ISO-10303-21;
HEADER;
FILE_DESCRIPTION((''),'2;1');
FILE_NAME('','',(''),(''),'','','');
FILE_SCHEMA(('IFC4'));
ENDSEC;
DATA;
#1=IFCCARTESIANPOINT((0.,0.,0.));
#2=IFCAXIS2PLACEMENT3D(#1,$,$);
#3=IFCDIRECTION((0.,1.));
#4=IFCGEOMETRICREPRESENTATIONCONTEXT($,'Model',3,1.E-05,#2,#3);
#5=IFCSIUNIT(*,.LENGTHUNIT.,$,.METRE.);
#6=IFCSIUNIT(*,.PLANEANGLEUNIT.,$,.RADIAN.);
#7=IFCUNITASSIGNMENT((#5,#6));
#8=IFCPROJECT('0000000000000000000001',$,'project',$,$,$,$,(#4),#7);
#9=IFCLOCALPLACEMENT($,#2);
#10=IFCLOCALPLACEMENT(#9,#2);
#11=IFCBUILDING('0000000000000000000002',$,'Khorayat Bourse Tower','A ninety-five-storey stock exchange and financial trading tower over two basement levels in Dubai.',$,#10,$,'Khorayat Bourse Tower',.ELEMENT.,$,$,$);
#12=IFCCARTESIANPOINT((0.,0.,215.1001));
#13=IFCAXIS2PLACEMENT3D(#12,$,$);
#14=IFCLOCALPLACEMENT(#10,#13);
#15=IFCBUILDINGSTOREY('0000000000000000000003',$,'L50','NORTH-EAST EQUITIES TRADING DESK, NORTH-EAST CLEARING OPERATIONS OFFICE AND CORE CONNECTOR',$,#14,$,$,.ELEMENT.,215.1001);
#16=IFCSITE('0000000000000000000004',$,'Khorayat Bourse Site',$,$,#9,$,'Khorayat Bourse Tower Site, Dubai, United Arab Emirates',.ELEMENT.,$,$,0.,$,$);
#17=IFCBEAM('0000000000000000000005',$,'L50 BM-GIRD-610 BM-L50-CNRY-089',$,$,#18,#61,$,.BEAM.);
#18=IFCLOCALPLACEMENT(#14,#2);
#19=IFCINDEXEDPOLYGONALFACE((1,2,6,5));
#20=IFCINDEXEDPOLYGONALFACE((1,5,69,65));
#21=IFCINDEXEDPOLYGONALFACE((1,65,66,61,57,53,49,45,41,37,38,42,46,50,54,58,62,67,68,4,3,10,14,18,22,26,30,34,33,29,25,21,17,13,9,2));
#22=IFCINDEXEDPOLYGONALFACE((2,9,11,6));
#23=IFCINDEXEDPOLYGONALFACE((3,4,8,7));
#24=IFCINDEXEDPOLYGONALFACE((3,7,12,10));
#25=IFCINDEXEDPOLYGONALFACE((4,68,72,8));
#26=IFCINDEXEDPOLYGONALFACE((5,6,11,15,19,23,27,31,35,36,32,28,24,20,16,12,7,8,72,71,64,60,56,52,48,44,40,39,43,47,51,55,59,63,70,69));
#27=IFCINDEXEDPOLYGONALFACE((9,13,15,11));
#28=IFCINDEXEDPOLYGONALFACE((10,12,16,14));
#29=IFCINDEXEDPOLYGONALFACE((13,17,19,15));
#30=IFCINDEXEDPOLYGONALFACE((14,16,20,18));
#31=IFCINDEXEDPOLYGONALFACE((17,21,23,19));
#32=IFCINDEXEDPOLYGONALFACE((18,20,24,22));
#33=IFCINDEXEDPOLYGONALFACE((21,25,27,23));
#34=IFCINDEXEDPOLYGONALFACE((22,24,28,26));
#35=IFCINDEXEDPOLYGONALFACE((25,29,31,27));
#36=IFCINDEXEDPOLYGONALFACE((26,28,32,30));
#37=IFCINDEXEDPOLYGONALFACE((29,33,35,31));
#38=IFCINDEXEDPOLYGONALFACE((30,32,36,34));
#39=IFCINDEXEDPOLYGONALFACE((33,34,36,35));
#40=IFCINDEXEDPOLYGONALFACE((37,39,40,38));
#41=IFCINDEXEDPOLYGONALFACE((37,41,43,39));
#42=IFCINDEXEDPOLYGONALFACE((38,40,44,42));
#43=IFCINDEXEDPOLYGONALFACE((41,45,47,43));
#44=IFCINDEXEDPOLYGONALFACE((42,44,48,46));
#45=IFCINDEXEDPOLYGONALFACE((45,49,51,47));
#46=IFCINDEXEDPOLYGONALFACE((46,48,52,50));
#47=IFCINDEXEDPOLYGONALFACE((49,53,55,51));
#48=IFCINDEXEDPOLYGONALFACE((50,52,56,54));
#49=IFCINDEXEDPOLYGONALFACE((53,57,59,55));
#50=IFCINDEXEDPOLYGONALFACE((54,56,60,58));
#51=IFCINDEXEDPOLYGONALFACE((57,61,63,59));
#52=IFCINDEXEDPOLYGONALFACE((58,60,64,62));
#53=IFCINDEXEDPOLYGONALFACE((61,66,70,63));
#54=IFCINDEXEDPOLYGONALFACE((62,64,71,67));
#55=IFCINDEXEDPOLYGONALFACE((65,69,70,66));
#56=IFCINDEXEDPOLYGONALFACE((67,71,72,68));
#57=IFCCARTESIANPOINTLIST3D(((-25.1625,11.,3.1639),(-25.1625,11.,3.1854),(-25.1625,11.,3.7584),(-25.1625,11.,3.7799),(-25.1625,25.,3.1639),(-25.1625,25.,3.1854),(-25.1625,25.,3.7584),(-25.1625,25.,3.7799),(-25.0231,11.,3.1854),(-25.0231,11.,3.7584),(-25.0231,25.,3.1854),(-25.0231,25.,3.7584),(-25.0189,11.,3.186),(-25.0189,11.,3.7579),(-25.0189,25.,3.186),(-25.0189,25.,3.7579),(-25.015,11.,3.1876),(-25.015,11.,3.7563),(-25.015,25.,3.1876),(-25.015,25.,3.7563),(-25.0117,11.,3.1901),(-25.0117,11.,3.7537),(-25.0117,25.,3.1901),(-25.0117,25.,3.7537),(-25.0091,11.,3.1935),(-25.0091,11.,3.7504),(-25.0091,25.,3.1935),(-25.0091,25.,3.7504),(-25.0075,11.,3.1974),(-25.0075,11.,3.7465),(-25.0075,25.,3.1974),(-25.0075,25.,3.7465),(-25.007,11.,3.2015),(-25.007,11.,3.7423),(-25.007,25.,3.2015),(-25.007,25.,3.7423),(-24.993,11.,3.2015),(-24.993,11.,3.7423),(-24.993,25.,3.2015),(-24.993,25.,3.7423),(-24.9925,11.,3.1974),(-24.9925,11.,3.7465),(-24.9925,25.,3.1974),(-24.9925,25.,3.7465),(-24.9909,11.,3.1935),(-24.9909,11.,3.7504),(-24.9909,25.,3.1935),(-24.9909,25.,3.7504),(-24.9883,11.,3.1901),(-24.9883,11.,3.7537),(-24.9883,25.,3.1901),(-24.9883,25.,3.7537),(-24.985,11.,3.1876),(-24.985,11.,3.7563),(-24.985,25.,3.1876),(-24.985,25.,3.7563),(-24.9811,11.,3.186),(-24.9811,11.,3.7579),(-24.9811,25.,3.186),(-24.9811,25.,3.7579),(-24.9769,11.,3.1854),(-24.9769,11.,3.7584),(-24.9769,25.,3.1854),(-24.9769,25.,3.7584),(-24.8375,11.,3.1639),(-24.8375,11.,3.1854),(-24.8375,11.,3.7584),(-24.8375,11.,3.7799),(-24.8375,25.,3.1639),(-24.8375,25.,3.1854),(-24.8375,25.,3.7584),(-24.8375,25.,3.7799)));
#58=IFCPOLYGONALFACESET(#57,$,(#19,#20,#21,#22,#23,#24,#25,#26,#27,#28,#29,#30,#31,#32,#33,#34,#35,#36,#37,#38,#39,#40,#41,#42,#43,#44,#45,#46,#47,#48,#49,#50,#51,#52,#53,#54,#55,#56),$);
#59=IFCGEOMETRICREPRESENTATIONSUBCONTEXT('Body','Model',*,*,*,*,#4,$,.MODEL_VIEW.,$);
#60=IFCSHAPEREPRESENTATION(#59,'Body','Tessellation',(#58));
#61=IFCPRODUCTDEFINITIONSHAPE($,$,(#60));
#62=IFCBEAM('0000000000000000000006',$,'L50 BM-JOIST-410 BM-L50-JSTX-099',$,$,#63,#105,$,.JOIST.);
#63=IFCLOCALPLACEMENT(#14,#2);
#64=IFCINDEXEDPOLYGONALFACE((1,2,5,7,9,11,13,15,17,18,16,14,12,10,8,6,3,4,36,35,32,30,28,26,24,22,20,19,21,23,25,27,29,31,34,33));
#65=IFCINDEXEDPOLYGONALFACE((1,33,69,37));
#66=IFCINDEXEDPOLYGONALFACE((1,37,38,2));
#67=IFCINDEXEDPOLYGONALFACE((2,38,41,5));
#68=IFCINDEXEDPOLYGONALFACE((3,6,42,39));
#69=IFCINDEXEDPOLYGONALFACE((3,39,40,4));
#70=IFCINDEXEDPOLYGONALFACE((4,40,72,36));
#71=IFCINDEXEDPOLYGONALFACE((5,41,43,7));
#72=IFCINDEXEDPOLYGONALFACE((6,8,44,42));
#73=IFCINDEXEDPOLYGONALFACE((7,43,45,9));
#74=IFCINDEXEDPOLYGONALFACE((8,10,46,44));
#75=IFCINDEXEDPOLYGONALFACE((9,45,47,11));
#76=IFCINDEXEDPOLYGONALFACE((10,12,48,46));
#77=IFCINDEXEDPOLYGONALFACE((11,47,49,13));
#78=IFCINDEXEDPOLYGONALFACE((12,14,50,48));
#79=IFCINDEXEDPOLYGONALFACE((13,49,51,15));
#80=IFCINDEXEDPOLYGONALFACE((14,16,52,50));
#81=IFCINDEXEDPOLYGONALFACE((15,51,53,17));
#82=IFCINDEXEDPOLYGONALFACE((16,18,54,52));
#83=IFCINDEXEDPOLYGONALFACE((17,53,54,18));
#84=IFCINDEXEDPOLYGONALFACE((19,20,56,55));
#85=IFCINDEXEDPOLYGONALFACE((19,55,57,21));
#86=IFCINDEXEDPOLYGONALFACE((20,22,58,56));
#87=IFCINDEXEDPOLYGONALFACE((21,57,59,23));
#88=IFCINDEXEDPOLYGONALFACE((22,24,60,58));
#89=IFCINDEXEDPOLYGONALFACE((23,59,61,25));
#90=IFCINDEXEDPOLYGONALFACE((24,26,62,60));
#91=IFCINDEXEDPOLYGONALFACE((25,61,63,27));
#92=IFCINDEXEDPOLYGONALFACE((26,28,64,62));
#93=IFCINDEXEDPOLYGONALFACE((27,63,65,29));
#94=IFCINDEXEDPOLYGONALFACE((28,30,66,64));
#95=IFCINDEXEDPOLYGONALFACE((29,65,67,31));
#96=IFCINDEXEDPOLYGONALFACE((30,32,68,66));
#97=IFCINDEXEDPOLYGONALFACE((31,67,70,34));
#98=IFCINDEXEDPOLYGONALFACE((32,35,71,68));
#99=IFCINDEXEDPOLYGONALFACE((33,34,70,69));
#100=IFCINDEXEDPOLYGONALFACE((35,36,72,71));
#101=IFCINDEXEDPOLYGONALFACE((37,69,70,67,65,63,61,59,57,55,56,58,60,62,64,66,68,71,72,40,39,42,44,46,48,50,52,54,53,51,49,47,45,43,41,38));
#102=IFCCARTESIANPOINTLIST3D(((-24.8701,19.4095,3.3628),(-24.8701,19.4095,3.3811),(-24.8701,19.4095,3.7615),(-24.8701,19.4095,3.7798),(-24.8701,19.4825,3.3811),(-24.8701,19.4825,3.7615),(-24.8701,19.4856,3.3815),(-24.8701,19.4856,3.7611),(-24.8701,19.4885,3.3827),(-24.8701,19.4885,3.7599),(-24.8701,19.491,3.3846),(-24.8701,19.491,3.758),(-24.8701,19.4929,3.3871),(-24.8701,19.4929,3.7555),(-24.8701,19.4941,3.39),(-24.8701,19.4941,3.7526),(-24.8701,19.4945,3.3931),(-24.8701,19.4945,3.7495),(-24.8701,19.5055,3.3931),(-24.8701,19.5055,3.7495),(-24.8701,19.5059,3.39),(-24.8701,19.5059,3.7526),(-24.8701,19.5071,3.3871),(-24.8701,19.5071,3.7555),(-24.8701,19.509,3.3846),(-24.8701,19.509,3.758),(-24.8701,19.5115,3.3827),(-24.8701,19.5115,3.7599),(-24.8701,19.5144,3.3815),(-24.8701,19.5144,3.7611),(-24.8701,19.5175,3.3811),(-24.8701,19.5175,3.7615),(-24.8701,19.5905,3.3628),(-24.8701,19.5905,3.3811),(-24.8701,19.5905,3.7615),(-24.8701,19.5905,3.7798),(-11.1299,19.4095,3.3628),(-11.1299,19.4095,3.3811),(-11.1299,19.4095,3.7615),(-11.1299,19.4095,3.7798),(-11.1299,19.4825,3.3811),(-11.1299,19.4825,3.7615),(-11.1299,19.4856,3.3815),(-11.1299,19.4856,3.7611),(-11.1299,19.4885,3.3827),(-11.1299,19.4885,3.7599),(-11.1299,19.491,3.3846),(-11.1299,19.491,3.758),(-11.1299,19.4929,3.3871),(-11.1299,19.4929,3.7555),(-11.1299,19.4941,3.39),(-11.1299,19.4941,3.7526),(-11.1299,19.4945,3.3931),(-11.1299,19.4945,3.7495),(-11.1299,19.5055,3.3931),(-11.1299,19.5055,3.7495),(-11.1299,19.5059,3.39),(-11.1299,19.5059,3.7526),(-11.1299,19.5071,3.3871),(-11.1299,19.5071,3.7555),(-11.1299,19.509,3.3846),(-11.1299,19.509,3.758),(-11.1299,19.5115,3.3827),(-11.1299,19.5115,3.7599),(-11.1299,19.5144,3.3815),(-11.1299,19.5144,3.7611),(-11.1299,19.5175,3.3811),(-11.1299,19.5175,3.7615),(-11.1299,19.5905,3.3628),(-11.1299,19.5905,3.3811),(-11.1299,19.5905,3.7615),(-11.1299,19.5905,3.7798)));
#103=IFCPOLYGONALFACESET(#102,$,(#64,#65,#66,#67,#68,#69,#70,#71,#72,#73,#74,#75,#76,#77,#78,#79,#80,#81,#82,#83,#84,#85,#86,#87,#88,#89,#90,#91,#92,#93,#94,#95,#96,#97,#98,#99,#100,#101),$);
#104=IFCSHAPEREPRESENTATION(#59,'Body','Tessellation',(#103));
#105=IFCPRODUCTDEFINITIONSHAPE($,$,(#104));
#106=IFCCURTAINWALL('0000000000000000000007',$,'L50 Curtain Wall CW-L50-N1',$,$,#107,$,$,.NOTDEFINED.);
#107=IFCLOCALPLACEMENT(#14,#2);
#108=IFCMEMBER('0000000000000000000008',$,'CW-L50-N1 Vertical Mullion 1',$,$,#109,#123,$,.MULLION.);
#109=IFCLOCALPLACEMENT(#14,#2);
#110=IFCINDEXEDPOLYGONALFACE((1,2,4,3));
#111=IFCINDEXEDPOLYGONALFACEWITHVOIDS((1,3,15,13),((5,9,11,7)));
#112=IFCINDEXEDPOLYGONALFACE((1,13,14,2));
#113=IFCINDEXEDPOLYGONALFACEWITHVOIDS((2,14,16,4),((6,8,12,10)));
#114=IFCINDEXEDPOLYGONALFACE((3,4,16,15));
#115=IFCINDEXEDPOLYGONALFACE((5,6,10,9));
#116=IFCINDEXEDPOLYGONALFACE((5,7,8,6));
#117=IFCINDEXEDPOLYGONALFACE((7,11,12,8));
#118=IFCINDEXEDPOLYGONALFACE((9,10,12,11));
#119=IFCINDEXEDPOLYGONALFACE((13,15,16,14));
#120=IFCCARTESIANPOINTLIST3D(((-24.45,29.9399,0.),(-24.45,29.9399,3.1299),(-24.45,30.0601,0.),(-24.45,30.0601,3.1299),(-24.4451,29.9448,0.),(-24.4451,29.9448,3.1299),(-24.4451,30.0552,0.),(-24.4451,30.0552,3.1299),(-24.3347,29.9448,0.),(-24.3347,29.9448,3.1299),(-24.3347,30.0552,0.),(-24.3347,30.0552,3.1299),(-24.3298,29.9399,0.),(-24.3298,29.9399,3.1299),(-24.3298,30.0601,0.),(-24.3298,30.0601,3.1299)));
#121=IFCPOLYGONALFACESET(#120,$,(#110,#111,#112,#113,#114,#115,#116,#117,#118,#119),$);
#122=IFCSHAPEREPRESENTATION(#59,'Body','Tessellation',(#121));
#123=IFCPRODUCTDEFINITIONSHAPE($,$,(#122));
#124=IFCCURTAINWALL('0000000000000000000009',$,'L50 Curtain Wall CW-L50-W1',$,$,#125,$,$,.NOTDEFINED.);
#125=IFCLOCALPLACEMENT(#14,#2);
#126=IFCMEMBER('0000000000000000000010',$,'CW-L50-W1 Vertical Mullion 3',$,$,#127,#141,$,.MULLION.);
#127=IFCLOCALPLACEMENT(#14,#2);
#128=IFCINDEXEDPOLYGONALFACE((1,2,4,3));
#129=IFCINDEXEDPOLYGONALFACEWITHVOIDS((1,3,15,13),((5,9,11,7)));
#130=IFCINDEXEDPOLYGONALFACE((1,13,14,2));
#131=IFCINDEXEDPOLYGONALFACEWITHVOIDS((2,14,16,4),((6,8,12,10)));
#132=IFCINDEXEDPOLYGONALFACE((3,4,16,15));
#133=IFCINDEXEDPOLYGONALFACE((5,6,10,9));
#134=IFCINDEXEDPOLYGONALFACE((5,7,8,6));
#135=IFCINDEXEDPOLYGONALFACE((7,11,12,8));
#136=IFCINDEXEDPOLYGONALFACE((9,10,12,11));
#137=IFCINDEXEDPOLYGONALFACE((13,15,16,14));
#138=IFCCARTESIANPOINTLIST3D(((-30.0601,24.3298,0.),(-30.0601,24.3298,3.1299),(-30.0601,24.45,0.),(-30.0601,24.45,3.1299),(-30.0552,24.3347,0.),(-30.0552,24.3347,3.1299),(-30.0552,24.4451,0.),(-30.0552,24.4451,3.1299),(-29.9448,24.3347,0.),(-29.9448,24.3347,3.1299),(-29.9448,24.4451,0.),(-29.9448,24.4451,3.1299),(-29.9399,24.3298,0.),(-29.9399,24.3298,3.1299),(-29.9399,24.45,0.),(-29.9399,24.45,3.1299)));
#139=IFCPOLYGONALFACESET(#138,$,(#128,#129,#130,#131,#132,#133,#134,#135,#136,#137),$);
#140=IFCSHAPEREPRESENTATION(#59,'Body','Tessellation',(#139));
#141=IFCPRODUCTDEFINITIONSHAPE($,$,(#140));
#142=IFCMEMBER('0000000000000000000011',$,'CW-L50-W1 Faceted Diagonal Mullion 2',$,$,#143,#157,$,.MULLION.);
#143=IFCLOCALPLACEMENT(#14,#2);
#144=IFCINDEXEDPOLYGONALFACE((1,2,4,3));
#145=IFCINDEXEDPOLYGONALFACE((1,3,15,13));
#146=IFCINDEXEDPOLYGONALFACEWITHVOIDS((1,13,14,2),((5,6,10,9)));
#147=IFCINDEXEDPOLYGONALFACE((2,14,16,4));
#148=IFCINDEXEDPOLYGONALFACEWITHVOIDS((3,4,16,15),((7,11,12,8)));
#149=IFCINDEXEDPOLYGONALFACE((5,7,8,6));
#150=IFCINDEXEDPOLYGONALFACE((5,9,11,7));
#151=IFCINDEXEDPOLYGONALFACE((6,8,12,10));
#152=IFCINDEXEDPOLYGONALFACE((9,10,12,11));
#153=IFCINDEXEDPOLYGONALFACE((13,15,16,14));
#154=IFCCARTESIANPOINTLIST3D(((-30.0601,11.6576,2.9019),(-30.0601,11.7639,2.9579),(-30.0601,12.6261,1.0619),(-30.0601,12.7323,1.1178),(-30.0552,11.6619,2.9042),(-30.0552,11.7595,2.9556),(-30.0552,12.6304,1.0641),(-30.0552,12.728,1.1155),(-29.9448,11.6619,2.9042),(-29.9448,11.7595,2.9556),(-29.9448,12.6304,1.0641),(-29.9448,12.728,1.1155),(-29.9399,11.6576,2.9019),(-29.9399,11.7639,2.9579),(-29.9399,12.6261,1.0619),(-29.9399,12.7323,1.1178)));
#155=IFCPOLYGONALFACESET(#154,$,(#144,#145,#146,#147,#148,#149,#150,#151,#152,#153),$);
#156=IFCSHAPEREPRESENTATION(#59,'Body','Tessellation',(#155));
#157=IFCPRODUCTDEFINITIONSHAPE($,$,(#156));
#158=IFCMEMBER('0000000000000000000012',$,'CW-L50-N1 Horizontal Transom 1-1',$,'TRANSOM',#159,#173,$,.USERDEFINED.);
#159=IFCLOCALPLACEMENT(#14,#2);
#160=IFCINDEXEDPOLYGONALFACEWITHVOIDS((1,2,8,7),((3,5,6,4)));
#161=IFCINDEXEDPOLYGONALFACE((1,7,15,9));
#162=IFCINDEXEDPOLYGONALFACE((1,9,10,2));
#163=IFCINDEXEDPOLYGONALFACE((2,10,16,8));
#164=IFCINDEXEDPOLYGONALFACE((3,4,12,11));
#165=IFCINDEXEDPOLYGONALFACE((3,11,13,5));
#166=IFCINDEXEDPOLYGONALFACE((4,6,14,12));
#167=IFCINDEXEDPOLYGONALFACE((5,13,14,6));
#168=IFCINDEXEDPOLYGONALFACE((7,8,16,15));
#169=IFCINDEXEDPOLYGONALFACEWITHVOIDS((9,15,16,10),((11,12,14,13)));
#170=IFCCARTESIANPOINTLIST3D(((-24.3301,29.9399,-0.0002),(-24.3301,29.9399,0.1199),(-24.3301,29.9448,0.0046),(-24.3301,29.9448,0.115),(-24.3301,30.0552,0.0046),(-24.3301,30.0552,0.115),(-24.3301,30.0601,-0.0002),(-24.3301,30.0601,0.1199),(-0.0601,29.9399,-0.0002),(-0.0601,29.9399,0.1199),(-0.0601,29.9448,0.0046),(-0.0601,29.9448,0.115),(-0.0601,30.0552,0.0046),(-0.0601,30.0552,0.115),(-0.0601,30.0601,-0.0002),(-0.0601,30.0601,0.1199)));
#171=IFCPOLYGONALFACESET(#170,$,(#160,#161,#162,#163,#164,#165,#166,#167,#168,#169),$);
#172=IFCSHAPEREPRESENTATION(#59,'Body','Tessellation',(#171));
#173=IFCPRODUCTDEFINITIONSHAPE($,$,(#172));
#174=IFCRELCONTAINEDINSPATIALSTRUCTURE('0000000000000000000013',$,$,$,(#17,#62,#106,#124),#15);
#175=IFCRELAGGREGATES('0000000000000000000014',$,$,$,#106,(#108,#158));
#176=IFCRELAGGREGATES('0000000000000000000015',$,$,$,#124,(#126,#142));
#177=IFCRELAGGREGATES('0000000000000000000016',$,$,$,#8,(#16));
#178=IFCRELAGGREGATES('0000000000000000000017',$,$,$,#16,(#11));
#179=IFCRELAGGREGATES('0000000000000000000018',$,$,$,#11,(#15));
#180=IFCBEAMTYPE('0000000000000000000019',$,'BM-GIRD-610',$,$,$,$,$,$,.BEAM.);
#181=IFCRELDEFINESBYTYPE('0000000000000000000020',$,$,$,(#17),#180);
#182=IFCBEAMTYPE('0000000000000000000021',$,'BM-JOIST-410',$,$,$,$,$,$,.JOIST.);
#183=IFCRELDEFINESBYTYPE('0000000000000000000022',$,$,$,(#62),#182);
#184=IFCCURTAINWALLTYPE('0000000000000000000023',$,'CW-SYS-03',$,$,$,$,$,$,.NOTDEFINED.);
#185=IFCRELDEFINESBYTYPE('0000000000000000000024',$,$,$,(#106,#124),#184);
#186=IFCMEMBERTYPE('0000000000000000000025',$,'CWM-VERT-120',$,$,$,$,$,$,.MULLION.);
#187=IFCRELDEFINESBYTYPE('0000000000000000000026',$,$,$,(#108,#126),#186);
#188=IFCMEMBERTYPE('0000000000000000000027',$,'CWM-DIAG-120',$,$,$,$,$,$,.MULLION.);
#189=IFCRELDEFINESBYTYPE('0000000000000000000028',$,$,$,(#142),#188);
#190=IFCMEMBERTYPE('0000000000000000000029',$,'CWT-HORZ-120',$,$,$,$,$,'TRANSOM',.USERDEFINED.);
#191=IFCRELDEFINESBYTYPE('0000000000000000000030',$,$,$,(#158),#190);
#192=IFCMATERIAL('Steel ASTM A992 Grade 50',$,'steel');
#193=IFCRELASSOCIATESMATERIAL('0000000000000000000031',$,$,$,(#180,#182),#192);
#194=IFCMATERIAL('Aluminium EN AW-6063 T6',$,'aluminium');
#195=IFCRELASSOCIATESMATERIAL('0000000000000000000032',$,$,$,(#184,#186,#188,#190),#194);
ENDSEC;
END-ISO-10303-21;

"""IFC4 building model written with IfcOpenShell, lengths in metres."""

from ifc_helpers import new_model, si_unit, direction, frame, origin, origin_2d, place, context, subcontext, project, spatial, hollow_rectangle, i_section, extrude, source, transform, mapped, material, material_profile, profile_set, type_object, element, aggregate, save


model = new_model("IFC4")

# Units and contexts
model_context = context("Model", 3, precision=1e-05, world=origin(), true_north=direction((0.0, 1.0)))
body_context = subcontext(model_context, "Body", "Model", "MODEL_VIEW")
ifc_project = project(units=[si_unit("LENGTHUNIT", "METRE"), si_unit("PLANEANGLEUNIT", "RADIAN")], contexts=[model_context])

# Site, building, storey
site_placement = place(None, origin())
site = spatial("IfcSite", under=ifc_project, at=site_placement, Name="Khorayat Bourse Site", LongName="Khorayat Bourse Tower Site, Dubai, United Arab Emirates", CompositionType="ELEMENT", RefElevation=0.0)
building_placement = place(site_placement, origin())
building = spatial("IfcBuilding", under=site, at=building_placement, Name="Khorayat Bourse Tower", Description="A ninety-five-storey stock exchange and financial trading tower over two basement levels in Dubai.", LongName="Khorayat Bourse Tower", CompositionType="ELEMENT")
storey_placement = place(building_placement, frame((0.0, 0.0, 215.1001)))
storey = spatial("IfcBuildingStorey", under=building, at=storey_placement, Name="L50", Description="NORTH-EAST EQUITIES TRADING DESK, NORTH-EAST CLEARING OPERATIONS OFFICE AND CORE CONNECTOR", CompositionType="ELEMENT", Elevation=215.1001)

# Beams
ifc_material_1 = material(Name="Steel ASTM A992 Grade 50", Category="steel")
ifc_material_profile_1 = material_profile(ifc_material_1, i_section(OverallWidth=0.325, OverallDepth=0.616, WebThickness=0.0139, FlangeThickness=0.0215, FilletRadius=0.0161, at=origin_2d()), Name="W610X174")
ifc_profile_set_1 = profile_set([ifc_material_profile_1], Name="Steel ASTM A992 Grade 50")
beam_type_1 = type_object("IfcBeamType", Name="BM-GIRD-610", PredefinedType="BEAM", material=ifc_profile_set_1)
shared_shape_1 = source(origin(), body_context, "Body", "SweptSolid", [
    extrude(i_section(OverallWidth=0.325, OverallDepth=0.616, WebThickness=0.0139, FlangeThickness=0.0215, FilletRadius=0.0161, at=origin_2d()), origin(), (0.0, 0.0, 1.0), 14.0),
])
beam_1_placement = place(storey_placement, frame((-25.0, 11.0, 3.4719), z_axis=(0.0, 1.0, 0.0), x_axis=(-1.0, 0.0, 0.0)))
element("IfcBeam", 1, at=beam_1_placement, inside=storey, type_object=beam_type_1, Name="L50 BM-GIRD-610 BM-L50-CNRY-089", PredefinedType="BEAM", context=body_context, shape_type="MappedRepresentation", body=[
    mapped(shared_shape_1, transform((0.0, 0.0, 0.0), scale=1.0)),
])
ifc_material_profile_2 = material_profile(ifc_material_1, i_section(OverallWidth=0.1809, OverallDepth=0.417, WebThickness=0.011, FlangeThickness=0.0183, FilletRadius=0.012, at=origin_2d()), Name="W410X85")
ifc_profile_set_2 = profile_set([ifc_material_profile_2], Name="Steel ASTM A992 Grade 50")
beam_type_2 = type_object("IfcBeamType", Name="BM-JOIST-410", PredefinedType="JOIST", material=ifc_profile_set_2)
shared_shape_2 = source(origin(), body_context, "Body", "SweptSolid", [
    extrude(i_section(OverallWidth=0.1809, OverallDepth=0.417, WebThickness=0.011, FlangeThickness=0.0183, FilletRadius=0.012, at=origin_2d()), origin(), (0.0, 0.0, 1.0), 13.7402),
])
beam_2_placement = place(storey_placement, frame((-24.8701, 19.5, 3.5713), z_axis=(1.0, 0.0, 0.0), x_axis=(0.0, 1.0, 0.0)))
element("IfcBeam", 2, at=beam_2_placement, inside=storey, type_object=beam_type_2, Name="L50 BM-JOIST-410 BM-L50-JSTX-099", PredefinedType="JOIST", context=body_context, shape_type="MappedRepresentation", body=[
    mapped(shared_shape_2, transform((0.0, 0.0, 0.0), scale=1.0)),
])

# Curtain wall, member
ifc_material_2 = material(Name="Aluminium EN AW-6063 T6", Category="aluminium")
curtain_wall_type = type_object("IfcCurtainWallType", Name="CW-SYS-03", PredefinedType="NOTDEFINED", material=ifc_material_2)
curtain_wall_1_placement = place(storey_placement, origin())
curtain_wall_1 = element("IfcCurtainWall", 3, at=curtain_wall_1_placement, inside=storey, type_object=curtain_wall_type, Name="L50 Curtain Wall CW-L50-N1", PredefinedType="NOTDEFINED")
ifc_material_profile_3 = material_profile(ifc_material_2, hollow_rectangle(XDim=0.1201, YDim=0.1201, WallThickness=0.0049, at=origin_2d()), Name="ALU 120x120x5")
ifc_profile_set_3 = profile_set([ifc_material_profile_3], Name="Aluminium EN AW-6063 T6")
member_type_1 = type_object("IfcMemberType", Name="CWM-VERT-120", PredefinedType="MULLION", material=ifc_profile_set_3)
shared_shape_3 = source(origin(), body_context, "Body", "SweptSolid", [
    extrude(hollow_rectangle(XDim=0.1201, YDim=0.1201, WallThickness=0.0049, at=origin_2d()), origin(), (0.0, 0.0, 1.0), 3.1299),
])
member_1_placement = place(storey_placement, frame((-24.3899, 30.0, 0.0), z_axis=(0.0, 0.0, 1.0), x_axis=(0.0, 1.0, 0.0)))
member_1 = element("IfcMember", 4, at=member_1_placement, type_object=member_type_1, Name="CW-L50-N1 Vertical Mullion 1", PredefinedType="MULLION", context=body_context, shape_type="MappedRepresentation", body=[
    mapped(shared_shape_3, transform((0.0, 0.0, 0.0), scale=1.0)),
])

# Curtain wall, members
curtain_wall_2_placement = place(storey_placement, origin())
curtain_wall_2 = element("IfcCurtainWall", 5, at=curtain_wall_2_placement, inside=storey, type_object=curtain_wall_type, Name="L50 Curtain Wall CW-L50-W1", PredefinedType="NOTDEFINED")
member_2_placement = place(storey_placement, frame((-30.0, 24.3899, 0.0), z_axis=(0.0, 0.0, 1.0), x_axis=(-1.0, 0.0, 0.0)))
member_2 = element("IfcMember", 6, at=member_2_placement, type_object=member_type_1, Name="CW-L50-W1 Vertical Mullion 3", PredefinedType="MULLION", context=body_context, shape_type="MappedRepresentation", body=[
    mapped(shared_shape_3, transform((0.0, 0.0, 0.0), scale=1.0)),
])
ifc_material_profile_4 = material_profile(ifc_material_2, hollow_rectangle(XDim=0.1201, YDim=0.1201, WallThickness=0.0049, at=origin_2d()), Name="ALU 120x120x5")
ifc_profile_set_4 = profile_set([ifc_material_profile_4], Name="Aluminium EN AW-6063 T6")
member_type_2 = type_object("IfcMemberType", Name="CWM-DIAG-120", PredefinedType="MULLION", material=ifc_profile_set_4)
shared_shape_4 = source(origin(), body_context, "Body", "SweptSolid", [
    extrude(hollow_rectangle(XDim=0.1201, YDim=0.1201, WallThickness=0.0049, at=origin_2d()), origin(), (0.0, 0.0, 1.0), 2.0793),
])
member_3_placement = place(storey_placement, frame((-30.0, 12.6792, 1.0898), z_axis=(0.0, -0.465761, 0.884911), x_axis=(1.0, 0.0, 0.0)))
member_3 = element("IfcMember", 7, at=member_3_placement, type_object=member_type_2, Name="CW-L50-W1 Faceted Diagonal Mullion 2", PredefinedType="MULLION", context=body_context, shape_type="MappedRepresentation", body=[
    mapped(shared_shape_4, transform((0.0, 0.0, 0.0), scale=1.0)),
])

# Member
ifc_material_profile_5 = material_profile(ifc_material_2, hollow_rectangle(XDim=0.1201, YDim=0.1201, WallThickness=0.0049, at=origin_2d()), Name="ALU 120x120x5")
ifc_profile_set_5 = profile_set([ifc_material_profile_5], Name="Aluminium EN AW-6063 T6")
member_type_3 = type_object("IfcMemberType", Name="CWT-HORZ-120", ElementType="TRANSOM", PredefinedType="USERDEFINED", material=ifc_profile_set_5)
shared_shape_5 = source(origin(), body_context, "Body", "SweptSolid", [
    extrude(hollow_rectangle(XDim=0.1201, YDim=0.1201, WallThickness=0.0049, at=origin_2d()), origin(), (0.0, 0.0, 1.0), 24.27),
])
member_4_placement = place(storey_placement, frame((-24.3301, 30.0, 0.0598), z_axis=(1.0, 0.0, 0.0), x_axis=(0.0, 1.0, 0.0)))
member_4 = element("IfcMember", 8, at=member_4_placement, type_object=member_type_3, Name="CW-L50-N1 Horizontal Transom 1-1", ObjectType="TRANSOM", PredefinedType="USERDEFINED", context=body_context, shape_type="MappedRepresentation", body=[
    mapped(shared_shape_5, transform((0.0, 0.0, 0.0), scale=1.0)),
])
aggregate(curtain_wall_1, [member_1, member_4])

aggregate(curtain_wall_2, [member_2, member_3])

save(model, "model.ifc")
